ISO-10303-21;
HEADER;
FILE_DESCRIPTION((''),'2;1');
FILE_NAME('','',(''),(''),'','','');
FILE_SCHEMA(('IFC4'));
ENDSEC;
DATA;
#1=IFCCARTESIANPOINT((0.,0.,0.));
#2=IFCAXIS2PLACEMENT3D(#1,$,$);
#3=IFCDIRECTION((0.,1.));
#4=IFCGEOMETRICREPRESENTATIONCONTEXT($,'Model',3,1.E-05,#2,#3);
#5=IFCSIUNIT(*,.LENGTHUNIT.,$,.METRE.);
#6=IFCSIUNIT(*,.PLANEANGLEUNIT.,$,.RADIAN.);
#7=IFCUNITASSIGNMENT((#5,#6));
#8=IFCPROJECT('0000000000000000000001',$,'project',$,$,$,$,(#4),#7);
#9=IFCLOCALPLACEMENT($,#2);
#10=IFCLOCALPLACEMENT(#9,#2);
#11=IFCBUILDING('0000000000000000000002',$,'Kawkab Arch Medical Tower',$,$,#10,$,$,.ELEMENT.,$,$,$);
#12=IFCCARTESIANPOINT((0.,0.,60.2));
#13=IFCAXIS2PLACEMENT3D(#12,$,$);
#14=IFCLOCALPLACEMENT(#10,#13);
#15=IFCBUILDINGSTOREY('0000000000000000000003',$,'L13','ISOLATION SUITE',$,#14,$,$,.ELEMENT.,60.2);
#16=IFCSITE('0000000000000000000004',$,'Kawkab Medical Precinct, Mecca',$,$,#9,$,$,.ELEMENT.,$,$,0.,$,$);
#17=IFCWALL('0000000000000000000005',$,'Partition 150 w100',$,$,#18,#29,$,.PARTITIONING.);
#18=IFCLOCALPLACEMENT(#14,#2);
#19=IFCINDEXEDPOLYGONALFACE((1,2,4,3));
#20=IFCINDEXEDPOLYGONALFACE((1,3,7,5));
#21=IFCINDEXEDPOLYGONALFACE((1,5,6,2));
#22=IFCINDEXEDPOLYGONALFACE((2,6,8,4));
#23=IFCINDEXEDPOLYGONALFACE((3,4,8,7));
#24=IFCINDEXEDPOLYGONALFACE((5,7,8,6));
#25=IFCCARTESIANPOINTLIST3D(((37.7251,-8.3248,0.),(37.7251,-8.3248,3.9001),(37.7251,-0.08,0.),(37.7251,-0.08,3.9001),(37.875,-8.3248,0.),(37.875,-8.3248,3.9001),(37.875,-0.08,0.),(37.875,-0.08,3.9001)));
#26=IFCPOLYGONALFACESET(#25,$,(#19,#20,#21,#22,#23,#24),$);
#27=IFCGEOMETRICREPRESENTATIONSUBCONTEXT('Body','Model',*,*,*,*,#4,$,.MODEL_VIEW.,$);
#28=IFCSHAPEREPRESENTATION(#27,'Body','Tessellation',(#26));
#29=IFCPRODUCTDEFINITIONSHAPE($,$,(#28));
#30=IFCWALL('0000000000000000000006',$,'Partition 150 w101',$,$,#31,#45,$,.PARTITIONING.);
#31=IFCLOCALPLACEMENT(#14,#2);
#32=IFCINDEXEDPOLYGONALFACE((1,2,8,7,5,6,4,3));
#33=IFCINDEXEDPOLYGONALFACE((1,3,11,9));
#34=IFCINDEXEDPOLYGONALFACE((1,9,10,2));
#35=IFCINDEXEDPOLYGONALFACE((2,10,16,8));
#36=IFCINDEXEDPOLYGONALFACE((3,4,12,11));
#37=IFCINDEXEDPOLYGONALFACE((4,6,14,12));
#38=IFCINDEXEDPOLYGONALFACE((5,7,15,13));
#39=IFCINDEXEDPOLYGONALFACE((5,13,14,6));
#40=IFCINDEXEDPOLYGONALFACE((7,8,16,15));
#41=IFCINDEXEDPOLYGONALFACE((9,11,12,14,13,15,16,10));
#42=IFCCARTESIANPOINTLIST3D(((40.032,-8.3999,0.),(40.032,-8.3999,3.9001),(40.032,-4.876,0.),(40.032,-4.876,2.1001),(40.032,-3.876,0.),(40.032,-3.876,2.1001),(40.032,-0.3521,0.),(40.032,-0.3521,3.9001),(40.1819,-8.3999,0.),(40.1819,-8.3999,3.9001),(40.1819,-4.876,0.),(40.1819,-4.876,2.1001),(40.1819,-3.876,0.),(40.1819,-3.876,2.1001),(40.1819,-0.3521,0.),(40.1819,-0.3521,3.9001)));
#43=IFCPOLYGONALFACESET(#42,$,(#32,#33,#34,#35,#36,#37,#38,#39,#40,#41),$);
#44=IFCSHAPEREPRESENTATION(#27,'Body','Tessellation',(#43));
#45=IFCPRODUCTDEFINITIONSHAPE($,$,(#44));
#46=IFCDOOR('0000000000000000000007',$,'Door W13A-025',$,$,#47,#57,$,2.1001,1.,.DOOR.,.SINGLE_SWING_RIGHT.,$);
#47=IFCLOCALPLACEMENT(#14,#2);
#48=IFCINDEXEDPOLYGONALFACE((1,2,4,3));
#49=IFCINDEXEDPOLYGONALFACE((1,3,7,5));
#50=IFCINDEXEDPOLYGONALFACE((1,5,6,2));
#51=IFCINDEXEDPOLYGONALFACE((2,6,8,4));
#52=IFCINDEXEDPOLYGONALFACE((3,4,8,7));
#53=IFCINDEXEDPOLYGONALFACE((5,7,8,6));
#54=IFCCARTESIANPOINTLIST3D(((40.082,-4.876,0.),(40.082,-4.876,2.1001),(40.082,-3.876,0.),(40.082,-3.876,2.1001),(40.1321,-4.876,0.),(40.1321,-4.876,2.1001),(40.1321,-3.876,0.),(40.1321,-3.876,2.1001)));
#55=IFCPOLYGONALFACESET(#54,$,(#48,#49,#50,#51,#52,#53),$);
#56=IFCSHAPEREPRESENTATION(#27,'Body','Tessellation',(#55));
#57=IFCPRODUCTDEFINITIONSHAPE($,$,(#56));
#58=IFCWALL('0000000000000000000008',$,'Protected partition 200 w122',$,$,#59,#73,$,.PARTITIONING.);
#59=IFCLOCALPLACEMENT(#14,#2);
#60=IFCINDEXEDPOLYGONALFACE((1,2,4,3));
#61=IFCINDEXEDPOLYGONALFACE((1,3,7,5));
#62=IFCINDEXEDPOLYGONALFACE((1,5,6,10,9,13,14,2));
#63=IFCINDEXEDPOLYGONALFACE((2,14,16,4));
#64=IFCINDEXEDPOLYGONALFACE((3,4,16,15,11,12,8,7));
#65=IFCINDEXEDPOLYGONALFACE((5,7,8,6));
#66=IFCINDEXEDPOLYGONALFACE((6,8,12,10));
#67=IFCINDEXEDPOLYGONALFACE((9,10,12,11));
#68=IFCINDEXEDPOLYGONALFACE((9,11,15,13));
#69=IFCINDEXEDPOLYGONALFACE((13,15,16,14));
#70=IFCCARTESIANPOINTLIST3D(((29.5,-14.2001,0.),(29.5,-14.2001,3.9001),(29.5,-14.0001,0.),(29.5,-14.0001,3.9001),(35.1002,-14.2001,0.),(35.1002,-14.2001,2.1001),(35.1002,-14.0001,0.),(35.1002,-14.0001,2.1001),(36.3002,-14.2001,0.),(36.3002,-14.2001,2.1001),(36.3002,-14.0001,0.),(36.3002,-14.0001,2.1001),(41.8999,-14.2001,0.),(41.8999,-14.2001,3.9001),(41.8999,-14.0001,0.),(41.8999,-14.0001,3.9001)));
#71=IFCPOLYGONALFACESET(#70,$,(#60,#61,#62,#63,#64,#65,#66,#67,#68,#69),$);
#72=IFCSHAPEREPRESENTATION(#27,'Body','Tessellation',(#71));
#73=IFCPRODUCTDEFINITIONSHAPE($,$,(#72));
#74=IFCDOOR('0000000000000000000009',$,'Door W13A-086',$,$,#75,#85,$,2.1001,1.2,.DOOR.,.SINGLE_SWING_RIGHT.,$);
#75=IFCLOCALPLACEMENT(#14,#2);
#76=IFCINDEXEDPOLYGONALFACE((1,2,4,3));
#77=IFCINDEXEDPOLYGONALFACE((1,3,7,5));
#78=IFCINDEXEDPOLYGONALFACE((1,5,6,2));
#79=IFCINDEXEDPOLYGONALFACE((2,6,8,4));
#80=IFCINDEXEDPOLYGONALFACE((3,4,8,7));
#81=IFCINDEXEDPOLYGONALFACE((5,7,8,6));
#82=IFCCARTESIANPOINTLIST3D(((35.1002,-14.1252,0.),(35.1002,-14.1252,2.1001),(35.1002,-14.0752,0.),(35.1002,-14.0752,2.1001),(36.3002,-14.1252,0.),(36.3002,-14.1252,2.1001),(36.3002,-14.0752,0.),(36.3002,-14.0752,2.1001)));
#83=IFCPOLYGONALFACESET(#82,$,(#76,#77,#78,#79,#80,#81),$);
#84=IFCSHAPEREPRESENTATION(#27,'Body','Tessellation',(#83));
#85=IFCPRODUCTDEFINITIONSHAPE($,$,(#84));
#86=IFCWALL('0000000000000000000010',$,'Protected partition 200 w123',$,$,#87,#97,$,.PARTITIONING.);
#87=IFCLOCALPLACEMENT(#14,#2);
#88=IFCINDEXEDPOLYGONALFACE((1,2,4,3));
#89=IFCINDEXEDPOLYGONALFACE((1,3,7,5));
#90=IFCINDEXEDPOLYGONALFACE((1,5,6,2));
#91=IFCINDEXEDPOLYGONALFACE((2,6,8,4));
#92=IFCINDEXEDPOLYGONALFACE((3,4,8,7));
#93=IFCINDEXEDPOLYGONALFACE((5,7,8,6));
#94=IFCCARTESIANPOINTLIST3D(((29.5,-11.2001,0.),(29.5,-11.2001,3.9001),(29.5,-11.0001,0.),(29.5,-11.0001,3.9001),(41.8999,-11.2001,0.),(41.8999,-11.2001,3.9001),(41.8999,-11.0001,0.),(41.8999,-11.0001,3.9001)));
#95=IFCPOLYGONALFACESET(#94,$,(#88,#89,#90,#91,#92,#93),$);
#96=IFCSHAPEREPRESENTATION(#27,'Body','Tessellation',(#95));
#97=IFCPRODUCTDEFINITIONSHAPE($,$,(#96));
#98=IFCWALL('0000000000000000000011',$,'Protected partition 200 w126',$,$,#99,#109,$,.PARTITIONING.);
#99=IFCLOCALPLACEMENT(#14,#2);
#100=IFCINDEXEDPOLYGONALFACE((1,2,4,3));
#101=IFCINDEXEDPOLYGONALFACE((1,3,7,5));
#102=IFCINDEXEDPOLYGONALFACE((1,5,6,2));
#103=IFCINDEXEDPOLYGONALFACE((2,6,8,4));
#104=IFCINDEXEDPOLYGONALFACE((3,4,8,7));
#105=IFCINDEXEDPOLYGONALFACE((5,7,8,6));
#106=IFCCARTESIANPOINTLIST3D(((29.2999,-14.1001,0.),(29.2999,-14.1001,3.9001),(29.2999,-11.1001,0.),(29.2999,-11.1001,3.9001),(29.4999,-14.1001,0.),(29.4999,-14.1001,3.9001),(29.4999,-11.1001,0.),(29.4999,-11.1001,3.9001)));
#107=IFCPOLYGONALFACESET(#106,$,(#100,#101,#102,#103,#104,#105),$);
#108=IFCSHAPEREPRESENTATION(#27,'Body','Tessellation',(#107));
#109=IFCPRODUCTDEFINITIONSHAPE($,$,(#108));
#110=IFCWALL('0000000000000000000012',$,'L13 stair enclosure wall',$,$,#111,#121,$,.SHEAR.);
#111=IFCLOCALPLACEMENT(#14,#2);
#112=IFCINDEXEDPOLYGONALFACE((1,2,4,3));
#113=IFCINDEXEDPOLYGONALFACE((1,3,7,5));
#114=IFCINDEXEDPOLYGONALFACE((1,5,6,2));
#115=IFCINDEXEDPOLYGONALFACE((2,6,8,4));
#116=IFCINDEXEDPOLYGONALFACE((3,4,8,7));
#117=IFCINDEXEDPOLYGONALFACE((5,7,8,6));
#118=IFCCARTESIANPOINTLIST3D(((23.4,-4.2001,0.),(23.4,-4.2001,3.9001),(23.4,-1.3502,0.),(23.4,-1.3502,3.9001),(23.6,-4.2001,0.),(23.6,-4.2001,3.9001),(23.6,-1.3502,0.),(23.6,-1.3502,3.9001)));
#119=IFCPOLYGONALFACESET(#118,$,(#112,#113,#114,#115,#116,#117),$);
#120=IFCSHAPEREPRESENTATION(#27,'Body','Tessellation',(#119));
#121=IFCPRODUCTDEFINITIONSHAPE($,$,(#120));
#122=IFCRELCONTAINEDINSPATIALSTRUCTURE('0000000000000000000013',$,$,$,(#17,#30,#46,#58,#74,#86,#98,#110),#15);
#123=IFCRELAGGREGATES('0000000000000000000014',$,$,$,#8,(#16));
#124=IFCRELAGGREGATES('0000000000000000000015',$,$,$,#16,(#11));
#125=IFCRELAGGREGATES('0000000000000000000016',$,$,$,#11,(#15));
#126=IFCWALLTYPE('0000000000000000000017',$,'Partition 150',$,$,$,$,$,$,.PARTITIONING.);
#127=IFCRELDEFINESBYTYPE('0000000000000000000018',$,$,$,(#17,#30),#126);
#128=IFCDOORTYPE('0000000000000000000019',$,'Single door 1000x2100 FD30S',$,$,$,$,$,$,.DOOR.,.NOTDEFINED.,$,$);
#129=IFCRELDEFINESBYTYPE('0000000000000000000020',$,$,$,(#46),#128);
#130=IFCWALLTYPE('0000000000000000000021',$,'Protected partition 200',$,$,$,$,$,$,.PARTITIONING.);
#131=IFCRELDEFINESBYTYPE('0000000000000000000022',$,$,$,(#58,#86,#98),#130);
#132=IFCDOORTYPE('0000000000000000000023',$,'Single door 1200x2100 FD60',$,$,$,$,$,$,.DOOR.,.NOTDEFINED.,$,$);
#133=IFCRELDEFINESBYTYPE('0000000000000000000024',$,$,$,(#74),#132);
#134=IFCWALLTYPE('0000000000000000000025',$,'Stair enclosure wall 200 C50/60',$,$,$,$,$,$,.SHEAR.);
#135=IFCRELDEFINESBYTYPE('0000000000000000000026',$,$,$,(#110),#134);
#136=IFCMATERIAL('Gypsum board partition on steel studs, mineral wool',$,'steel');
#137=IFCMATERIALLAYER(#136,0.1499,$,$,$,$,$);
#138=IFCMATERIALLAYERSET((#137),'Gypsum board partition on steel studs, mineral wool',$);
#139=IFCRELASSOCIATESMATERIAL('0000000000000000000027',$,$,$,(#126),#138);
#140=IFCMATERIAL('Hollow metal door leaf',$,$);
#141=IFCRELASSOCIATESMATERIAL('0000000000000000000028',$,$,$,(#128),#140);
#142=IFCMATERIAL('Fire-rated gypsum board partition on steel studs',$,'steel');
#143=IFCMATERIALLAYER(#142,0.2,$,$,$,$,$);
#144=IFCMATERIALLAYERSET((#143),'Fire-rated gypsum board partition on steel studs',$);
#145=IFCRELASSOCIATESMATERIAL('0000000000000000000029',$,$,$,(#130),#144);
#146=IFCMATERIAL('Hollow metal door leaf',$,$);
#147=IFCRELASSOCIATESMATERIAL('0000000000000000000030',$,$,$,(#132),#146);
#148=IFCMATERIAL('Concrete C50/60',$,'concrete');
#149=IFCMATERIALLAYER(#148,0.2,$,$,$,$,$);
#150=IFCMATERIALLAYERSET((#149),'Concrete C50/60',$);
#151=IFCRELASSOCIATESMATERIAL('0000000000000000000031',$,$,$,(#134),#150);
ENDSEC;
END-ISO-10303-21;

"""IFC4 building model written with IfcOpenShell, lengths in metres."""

from ifc_helpers import new_model, si_unit, direction, frame, frame_2d, origin, place, context, subcontext, project, spatial, rectangle, extrude, material, layer, layer_set, type_object, element, fill, save


model = new_model("IFC4")

# Units and contexts
model_context = context("Model", 3, precision=1e-05, world=origin(), true_north=direction((0.0, 1.0)))
body_context = subcontext(model_context, "Body", "Model", "MODEL_VIEW")
ifc_project = project(units=[si_unit("LENGTHUNIT", "METRE"), si_unit("PLANEANGLEUNIT", "RADIAN")], contexts=[model_context])

# Site, building, storey
site_placement = place(None, origin())
site = spatial("IfcSite", under=ifc_project, at=site_placement, Name="Kawkab Medical Precinct, Mecca", CompositionType="ELEMENT", RefElevation=0.0)
building_placement = place(site_placement, origin())
building = spatial("IfcBuilding", under=site, at=building_placement, Name="Kawkab Arch Medical Tower", CompositionType="ELEMENT")
storey_placement = place(building_placement, frame((0.0, 0.0, 60.2)))
storey = spatial("IfcBuildingStorey", under=building, at=storey_placement, Name="L13", Description="ISOLATION SUITE", CompositionType="ELEMENT", Elevation=60.2)

# Shared definitions
ifc_material_1 = material(Name="Gypsum board partition on steel studs, mineral wool", Category="steel")
ifc_layer_1 = layer(ifc_material_1, 0.1499)
ifc_layer_set_1 = layer_set([ifc_layer_1], Name="Gypsum board partition on steel studs, mineral wool")
wall_type_1 = type_object("IfcWallType", Name="Partition 150", PredefinedType="PARTITIONING", material=ifc_layer_set_1)
ifc_material_2 = material(Name="Hollow metal door leaf")
door_type_1 = type_object("IfcDoorType", Name="Single door 1000x2100 FD30S", OperationType="NOTDEFINED", PredefinedType="DOOR", material=ifc_material_2)

# Wall
for number, where, z_axis, x_axis, name in (
    (1, (37.8, -8.325, 0.0), (0.0, 0.0, 1.0), (0.0, 1.0, 0.0), "Partition 150 w100"),
):
    element("IfcWall", number, at=place(storey_placement, frame(where, z_axis=z_axis, x_axis=x_axis)), inside=storey, type_object=wall_type_1, Name=name, PredefinedType="PARTITIONING", context=body_context, shape_type="SweptSolid", body=[
        extrude(rectangle(XDim=8.2449, YDim=0.1499, at=frame_2d((4.1226, 0.0))), origin(), (0.0, 0.0, 1.0), 3.9001),
    ])

# Walls, openings, doors
wall_1_placement = place(storey_placement, frame((40.1069, -8.3999, 0.0), z_axis=(0.0, 0.0, 1.0), x_axis=(0.0, 1.0, 0.0)))
wall_1 = element("IfcWall", 2, at=wall_1_placement, inside=storey, type_object=wall_type_1, Name="Partition 150 w101", PredefinedType="PARTITIONING", context=body_context, shape_type="SweptSolid", body=[
    extrude(rectangle(XDim=8.0479, YDim=0.1499, at=frame_2d((4.0239, 0.0))), origin(), (0.0, 0.0, 1.0), 3.9001),
])
opening_1_placement = place(wall_1_placement, frame((3.5239, 0.0, 0.0)))
opening_1 = element("IfcOpeningElement", 3, at=opening_1_placement, cuts=wall_1, PredefinedType="OPENING", context=body_context, shape_type="SweptSolid", body=[
    extrude(rectangle(XDim=1.0, YDim=2.1001, at=frame_2d((0.5, 1.05))), frame((0.0, 0.085, 0.0), z_axis=(0.0, -1.0, 0.0), x_axis=(1.0, 0.0, 0.0)), (0.0, 0.0, 1.0), 0.1699),
])
door_1_placement = place(opening_1_placement, origin())
door_1 = element("IfcDoor", 4, at=door_1_placement, inside=storey, type_object=door_type_1, Name="Door W13A-025", OperationType="SINGLE_SWING_RIGHT", OverallHeight=2.1001, OverallWidth=1.0, PredefinedType="DOOR", context=body_context, shape_type="SweptSolid", body=[
    extrude(rectangle(XDim=1.0, YDim=2.1001, at=frame_2d((0.5, 1.05))), frame((0.0, 0.0249, 0.0), z_axis=(0.0, -1.0, 0.0), x_axis=(1.0, 0.0, 0.0)), (0.0, 0.0, 1.0), 0.05),
])
fill(opening_1, door_1)
ifc_material_3 = material(Name="Fire-rated gypsum board partition on steel studs", Category="steel")
ifc_layer_2 = layer(ifc_material_3, 0.2)
ifc_layer_set_2 = layer_set([ifc_layer_2], Name="Fire-rated gypsum board partition on steel studs")
wall_type_2 = type_object("IfcWallType", Name="Protected partition 200", PredefinedType="PARTITIONING", material=ifc_layer_set_2)
wall_2_placement = place(storey_placement, frame((29.5, -14.1001, 0.0), z_axis=(0.0, 0.0, 1.0), x_axis=(1.0, 0.0, 0.0)))
wall_2 = element("IfcWall", 5, at=wall_2_placement, inside=storey, type_object=wall_type_2, Name="Protected partition 200 w122", PredefinedType="PARTITIONING", context=body_context, shape_type="SweptSolid", body=[
    extrude(rectangle(XDim=12.3999, YDim=0.2, at=frame_2d((6.2, 0.0))), origin(), (0.0, 0.0, 1.0), 3.9001),
])
opening_2_placement = place(wall_2_placement, frame((5.6001, 0.0, 0.0)))
opening_2 = element("IfcOpeningElement", 6, at=opening_2_placement, cuts=wall_2, PredefinedType="OPENING", context=body_context, shape_type="SweptSolid", body=[
    extrude(rectangle(XDim=1.2, YDim=2.1001, at=frame_2d((0.6001, 1.05))), frame((0.0, 0.1099, 0.0), z_axis=(0.0, -1.0, 0.0), x_axis=(1.0, 0.0, 0.0)), (0.0, 0.0, 1.0), 0.22),
])
ifc_material_4 = material(Name="Hollow metal door leaf")
door_type_2 = type_object("IfcDoorType", Name="Single door 1200x2100 FD60", OperationType="NOTDEFINED", PredefinedType="DOOR", material=ifc_material_4)
door_2_placement = place(opening_2_placement, origin())
door_2 = element("IfcDoor", 7, at=door_2_placement, inside=storey, type_object=door_type_2, Name="Door W13A-086", OperationType="SINGLE_SWING_RIGHT", OverallHeight=2.1001, OverallWidth=1.2, PredefinedType="DOOR", context=body_context, shape_type="SweptSolid", body=[
    extrude(rectangle(XDim=1.2, YDim=2.1001, at=frame_2d((0.6001, 1.05))), frame((0.0, 0.0249, 0.0), z_axis=(0.0, -1.0, 0.0), x_axis=(1.0, 0.0, 0.0)), (0.0, 0.0, 1.0), 0.05),
])
fill(opening_2, door_2)

# Walls
wall_3_placement = place(storey_placement, frame((29.5, -11.1001, 0.0), z_axis=(0.0, 0.0, 1.0), x_axis=(1.0, 0.0, 0.0)))
element("IfcWall", 8, at=wall_3_placement, inside=storey, type_object=wall_type_2, Name="Protected partition 200 w123", PredefinedType="PARTITIONING", context=body_context, shape_type="SweptSolid", body=[
    extrude(rectangle(XDim=12.3999, YDim=0.2, at=frame_2d((6.2, 0.0))), origin(), (0.0, 0.0, 1.0), 3.9001),
])
wall_4_placement = place(storey_placement, frame((29.3999, -14.1001, 0.0), z_axis=(0.0, 0.0, 1.0), x_axis=(0.0, 1.0, 0.0)))
element("IfcWall", 9, at=wall_4_placement, inside=storey, type_object=wall_type_2, Name="Protected partition 200 w126", PredefinedType="PARTITIONING", context=body_context, shape_type="SweptSolid", body=[
    extrude(rectangle(XDim=3.0, YDim=0.2, at=frame_2d((1.5, 0.0))), origin(), (0.0, 0.0, 1.0), 3.9001),
])
ifc_material_5 = material(Name="Concrete C50/60", Category="concrete")
ifc_layer_3 = layer(ifc_material_5, 0.2)
ifc_layer_set_3 = layer_set([ifc_layer_3], Name="Concrete C50/60")
wall_type_3 = type_object("IfcWallType", Name="Stair enclosure wall 200 C50/60", PredefinedType="SHEAR", material=ifc_layer_set_3)
wall_5_placement = place(storey_placement, frame((23.5, -4.2, 0.0), z_axis=(0.0, 0.0, 1.0), x_axis=(0.0, 1.0, 0.0)))
element("IfcWall", 10, at=wall_5_placement, inside=storey, type_object=wall_type_3, Name="L13 stair enclosure wall", PredefinedType="SHEAR", context=body_context, shape_type="SweptSolid", body=[
    extrude(rectangle(XDim=2.8499, YDim=0.2, at=frame_2d((1.4248, 0.0))), origin(), (0.0, 0.0, 1.0), 3.9001),
])

save(model, "model.ifc")
